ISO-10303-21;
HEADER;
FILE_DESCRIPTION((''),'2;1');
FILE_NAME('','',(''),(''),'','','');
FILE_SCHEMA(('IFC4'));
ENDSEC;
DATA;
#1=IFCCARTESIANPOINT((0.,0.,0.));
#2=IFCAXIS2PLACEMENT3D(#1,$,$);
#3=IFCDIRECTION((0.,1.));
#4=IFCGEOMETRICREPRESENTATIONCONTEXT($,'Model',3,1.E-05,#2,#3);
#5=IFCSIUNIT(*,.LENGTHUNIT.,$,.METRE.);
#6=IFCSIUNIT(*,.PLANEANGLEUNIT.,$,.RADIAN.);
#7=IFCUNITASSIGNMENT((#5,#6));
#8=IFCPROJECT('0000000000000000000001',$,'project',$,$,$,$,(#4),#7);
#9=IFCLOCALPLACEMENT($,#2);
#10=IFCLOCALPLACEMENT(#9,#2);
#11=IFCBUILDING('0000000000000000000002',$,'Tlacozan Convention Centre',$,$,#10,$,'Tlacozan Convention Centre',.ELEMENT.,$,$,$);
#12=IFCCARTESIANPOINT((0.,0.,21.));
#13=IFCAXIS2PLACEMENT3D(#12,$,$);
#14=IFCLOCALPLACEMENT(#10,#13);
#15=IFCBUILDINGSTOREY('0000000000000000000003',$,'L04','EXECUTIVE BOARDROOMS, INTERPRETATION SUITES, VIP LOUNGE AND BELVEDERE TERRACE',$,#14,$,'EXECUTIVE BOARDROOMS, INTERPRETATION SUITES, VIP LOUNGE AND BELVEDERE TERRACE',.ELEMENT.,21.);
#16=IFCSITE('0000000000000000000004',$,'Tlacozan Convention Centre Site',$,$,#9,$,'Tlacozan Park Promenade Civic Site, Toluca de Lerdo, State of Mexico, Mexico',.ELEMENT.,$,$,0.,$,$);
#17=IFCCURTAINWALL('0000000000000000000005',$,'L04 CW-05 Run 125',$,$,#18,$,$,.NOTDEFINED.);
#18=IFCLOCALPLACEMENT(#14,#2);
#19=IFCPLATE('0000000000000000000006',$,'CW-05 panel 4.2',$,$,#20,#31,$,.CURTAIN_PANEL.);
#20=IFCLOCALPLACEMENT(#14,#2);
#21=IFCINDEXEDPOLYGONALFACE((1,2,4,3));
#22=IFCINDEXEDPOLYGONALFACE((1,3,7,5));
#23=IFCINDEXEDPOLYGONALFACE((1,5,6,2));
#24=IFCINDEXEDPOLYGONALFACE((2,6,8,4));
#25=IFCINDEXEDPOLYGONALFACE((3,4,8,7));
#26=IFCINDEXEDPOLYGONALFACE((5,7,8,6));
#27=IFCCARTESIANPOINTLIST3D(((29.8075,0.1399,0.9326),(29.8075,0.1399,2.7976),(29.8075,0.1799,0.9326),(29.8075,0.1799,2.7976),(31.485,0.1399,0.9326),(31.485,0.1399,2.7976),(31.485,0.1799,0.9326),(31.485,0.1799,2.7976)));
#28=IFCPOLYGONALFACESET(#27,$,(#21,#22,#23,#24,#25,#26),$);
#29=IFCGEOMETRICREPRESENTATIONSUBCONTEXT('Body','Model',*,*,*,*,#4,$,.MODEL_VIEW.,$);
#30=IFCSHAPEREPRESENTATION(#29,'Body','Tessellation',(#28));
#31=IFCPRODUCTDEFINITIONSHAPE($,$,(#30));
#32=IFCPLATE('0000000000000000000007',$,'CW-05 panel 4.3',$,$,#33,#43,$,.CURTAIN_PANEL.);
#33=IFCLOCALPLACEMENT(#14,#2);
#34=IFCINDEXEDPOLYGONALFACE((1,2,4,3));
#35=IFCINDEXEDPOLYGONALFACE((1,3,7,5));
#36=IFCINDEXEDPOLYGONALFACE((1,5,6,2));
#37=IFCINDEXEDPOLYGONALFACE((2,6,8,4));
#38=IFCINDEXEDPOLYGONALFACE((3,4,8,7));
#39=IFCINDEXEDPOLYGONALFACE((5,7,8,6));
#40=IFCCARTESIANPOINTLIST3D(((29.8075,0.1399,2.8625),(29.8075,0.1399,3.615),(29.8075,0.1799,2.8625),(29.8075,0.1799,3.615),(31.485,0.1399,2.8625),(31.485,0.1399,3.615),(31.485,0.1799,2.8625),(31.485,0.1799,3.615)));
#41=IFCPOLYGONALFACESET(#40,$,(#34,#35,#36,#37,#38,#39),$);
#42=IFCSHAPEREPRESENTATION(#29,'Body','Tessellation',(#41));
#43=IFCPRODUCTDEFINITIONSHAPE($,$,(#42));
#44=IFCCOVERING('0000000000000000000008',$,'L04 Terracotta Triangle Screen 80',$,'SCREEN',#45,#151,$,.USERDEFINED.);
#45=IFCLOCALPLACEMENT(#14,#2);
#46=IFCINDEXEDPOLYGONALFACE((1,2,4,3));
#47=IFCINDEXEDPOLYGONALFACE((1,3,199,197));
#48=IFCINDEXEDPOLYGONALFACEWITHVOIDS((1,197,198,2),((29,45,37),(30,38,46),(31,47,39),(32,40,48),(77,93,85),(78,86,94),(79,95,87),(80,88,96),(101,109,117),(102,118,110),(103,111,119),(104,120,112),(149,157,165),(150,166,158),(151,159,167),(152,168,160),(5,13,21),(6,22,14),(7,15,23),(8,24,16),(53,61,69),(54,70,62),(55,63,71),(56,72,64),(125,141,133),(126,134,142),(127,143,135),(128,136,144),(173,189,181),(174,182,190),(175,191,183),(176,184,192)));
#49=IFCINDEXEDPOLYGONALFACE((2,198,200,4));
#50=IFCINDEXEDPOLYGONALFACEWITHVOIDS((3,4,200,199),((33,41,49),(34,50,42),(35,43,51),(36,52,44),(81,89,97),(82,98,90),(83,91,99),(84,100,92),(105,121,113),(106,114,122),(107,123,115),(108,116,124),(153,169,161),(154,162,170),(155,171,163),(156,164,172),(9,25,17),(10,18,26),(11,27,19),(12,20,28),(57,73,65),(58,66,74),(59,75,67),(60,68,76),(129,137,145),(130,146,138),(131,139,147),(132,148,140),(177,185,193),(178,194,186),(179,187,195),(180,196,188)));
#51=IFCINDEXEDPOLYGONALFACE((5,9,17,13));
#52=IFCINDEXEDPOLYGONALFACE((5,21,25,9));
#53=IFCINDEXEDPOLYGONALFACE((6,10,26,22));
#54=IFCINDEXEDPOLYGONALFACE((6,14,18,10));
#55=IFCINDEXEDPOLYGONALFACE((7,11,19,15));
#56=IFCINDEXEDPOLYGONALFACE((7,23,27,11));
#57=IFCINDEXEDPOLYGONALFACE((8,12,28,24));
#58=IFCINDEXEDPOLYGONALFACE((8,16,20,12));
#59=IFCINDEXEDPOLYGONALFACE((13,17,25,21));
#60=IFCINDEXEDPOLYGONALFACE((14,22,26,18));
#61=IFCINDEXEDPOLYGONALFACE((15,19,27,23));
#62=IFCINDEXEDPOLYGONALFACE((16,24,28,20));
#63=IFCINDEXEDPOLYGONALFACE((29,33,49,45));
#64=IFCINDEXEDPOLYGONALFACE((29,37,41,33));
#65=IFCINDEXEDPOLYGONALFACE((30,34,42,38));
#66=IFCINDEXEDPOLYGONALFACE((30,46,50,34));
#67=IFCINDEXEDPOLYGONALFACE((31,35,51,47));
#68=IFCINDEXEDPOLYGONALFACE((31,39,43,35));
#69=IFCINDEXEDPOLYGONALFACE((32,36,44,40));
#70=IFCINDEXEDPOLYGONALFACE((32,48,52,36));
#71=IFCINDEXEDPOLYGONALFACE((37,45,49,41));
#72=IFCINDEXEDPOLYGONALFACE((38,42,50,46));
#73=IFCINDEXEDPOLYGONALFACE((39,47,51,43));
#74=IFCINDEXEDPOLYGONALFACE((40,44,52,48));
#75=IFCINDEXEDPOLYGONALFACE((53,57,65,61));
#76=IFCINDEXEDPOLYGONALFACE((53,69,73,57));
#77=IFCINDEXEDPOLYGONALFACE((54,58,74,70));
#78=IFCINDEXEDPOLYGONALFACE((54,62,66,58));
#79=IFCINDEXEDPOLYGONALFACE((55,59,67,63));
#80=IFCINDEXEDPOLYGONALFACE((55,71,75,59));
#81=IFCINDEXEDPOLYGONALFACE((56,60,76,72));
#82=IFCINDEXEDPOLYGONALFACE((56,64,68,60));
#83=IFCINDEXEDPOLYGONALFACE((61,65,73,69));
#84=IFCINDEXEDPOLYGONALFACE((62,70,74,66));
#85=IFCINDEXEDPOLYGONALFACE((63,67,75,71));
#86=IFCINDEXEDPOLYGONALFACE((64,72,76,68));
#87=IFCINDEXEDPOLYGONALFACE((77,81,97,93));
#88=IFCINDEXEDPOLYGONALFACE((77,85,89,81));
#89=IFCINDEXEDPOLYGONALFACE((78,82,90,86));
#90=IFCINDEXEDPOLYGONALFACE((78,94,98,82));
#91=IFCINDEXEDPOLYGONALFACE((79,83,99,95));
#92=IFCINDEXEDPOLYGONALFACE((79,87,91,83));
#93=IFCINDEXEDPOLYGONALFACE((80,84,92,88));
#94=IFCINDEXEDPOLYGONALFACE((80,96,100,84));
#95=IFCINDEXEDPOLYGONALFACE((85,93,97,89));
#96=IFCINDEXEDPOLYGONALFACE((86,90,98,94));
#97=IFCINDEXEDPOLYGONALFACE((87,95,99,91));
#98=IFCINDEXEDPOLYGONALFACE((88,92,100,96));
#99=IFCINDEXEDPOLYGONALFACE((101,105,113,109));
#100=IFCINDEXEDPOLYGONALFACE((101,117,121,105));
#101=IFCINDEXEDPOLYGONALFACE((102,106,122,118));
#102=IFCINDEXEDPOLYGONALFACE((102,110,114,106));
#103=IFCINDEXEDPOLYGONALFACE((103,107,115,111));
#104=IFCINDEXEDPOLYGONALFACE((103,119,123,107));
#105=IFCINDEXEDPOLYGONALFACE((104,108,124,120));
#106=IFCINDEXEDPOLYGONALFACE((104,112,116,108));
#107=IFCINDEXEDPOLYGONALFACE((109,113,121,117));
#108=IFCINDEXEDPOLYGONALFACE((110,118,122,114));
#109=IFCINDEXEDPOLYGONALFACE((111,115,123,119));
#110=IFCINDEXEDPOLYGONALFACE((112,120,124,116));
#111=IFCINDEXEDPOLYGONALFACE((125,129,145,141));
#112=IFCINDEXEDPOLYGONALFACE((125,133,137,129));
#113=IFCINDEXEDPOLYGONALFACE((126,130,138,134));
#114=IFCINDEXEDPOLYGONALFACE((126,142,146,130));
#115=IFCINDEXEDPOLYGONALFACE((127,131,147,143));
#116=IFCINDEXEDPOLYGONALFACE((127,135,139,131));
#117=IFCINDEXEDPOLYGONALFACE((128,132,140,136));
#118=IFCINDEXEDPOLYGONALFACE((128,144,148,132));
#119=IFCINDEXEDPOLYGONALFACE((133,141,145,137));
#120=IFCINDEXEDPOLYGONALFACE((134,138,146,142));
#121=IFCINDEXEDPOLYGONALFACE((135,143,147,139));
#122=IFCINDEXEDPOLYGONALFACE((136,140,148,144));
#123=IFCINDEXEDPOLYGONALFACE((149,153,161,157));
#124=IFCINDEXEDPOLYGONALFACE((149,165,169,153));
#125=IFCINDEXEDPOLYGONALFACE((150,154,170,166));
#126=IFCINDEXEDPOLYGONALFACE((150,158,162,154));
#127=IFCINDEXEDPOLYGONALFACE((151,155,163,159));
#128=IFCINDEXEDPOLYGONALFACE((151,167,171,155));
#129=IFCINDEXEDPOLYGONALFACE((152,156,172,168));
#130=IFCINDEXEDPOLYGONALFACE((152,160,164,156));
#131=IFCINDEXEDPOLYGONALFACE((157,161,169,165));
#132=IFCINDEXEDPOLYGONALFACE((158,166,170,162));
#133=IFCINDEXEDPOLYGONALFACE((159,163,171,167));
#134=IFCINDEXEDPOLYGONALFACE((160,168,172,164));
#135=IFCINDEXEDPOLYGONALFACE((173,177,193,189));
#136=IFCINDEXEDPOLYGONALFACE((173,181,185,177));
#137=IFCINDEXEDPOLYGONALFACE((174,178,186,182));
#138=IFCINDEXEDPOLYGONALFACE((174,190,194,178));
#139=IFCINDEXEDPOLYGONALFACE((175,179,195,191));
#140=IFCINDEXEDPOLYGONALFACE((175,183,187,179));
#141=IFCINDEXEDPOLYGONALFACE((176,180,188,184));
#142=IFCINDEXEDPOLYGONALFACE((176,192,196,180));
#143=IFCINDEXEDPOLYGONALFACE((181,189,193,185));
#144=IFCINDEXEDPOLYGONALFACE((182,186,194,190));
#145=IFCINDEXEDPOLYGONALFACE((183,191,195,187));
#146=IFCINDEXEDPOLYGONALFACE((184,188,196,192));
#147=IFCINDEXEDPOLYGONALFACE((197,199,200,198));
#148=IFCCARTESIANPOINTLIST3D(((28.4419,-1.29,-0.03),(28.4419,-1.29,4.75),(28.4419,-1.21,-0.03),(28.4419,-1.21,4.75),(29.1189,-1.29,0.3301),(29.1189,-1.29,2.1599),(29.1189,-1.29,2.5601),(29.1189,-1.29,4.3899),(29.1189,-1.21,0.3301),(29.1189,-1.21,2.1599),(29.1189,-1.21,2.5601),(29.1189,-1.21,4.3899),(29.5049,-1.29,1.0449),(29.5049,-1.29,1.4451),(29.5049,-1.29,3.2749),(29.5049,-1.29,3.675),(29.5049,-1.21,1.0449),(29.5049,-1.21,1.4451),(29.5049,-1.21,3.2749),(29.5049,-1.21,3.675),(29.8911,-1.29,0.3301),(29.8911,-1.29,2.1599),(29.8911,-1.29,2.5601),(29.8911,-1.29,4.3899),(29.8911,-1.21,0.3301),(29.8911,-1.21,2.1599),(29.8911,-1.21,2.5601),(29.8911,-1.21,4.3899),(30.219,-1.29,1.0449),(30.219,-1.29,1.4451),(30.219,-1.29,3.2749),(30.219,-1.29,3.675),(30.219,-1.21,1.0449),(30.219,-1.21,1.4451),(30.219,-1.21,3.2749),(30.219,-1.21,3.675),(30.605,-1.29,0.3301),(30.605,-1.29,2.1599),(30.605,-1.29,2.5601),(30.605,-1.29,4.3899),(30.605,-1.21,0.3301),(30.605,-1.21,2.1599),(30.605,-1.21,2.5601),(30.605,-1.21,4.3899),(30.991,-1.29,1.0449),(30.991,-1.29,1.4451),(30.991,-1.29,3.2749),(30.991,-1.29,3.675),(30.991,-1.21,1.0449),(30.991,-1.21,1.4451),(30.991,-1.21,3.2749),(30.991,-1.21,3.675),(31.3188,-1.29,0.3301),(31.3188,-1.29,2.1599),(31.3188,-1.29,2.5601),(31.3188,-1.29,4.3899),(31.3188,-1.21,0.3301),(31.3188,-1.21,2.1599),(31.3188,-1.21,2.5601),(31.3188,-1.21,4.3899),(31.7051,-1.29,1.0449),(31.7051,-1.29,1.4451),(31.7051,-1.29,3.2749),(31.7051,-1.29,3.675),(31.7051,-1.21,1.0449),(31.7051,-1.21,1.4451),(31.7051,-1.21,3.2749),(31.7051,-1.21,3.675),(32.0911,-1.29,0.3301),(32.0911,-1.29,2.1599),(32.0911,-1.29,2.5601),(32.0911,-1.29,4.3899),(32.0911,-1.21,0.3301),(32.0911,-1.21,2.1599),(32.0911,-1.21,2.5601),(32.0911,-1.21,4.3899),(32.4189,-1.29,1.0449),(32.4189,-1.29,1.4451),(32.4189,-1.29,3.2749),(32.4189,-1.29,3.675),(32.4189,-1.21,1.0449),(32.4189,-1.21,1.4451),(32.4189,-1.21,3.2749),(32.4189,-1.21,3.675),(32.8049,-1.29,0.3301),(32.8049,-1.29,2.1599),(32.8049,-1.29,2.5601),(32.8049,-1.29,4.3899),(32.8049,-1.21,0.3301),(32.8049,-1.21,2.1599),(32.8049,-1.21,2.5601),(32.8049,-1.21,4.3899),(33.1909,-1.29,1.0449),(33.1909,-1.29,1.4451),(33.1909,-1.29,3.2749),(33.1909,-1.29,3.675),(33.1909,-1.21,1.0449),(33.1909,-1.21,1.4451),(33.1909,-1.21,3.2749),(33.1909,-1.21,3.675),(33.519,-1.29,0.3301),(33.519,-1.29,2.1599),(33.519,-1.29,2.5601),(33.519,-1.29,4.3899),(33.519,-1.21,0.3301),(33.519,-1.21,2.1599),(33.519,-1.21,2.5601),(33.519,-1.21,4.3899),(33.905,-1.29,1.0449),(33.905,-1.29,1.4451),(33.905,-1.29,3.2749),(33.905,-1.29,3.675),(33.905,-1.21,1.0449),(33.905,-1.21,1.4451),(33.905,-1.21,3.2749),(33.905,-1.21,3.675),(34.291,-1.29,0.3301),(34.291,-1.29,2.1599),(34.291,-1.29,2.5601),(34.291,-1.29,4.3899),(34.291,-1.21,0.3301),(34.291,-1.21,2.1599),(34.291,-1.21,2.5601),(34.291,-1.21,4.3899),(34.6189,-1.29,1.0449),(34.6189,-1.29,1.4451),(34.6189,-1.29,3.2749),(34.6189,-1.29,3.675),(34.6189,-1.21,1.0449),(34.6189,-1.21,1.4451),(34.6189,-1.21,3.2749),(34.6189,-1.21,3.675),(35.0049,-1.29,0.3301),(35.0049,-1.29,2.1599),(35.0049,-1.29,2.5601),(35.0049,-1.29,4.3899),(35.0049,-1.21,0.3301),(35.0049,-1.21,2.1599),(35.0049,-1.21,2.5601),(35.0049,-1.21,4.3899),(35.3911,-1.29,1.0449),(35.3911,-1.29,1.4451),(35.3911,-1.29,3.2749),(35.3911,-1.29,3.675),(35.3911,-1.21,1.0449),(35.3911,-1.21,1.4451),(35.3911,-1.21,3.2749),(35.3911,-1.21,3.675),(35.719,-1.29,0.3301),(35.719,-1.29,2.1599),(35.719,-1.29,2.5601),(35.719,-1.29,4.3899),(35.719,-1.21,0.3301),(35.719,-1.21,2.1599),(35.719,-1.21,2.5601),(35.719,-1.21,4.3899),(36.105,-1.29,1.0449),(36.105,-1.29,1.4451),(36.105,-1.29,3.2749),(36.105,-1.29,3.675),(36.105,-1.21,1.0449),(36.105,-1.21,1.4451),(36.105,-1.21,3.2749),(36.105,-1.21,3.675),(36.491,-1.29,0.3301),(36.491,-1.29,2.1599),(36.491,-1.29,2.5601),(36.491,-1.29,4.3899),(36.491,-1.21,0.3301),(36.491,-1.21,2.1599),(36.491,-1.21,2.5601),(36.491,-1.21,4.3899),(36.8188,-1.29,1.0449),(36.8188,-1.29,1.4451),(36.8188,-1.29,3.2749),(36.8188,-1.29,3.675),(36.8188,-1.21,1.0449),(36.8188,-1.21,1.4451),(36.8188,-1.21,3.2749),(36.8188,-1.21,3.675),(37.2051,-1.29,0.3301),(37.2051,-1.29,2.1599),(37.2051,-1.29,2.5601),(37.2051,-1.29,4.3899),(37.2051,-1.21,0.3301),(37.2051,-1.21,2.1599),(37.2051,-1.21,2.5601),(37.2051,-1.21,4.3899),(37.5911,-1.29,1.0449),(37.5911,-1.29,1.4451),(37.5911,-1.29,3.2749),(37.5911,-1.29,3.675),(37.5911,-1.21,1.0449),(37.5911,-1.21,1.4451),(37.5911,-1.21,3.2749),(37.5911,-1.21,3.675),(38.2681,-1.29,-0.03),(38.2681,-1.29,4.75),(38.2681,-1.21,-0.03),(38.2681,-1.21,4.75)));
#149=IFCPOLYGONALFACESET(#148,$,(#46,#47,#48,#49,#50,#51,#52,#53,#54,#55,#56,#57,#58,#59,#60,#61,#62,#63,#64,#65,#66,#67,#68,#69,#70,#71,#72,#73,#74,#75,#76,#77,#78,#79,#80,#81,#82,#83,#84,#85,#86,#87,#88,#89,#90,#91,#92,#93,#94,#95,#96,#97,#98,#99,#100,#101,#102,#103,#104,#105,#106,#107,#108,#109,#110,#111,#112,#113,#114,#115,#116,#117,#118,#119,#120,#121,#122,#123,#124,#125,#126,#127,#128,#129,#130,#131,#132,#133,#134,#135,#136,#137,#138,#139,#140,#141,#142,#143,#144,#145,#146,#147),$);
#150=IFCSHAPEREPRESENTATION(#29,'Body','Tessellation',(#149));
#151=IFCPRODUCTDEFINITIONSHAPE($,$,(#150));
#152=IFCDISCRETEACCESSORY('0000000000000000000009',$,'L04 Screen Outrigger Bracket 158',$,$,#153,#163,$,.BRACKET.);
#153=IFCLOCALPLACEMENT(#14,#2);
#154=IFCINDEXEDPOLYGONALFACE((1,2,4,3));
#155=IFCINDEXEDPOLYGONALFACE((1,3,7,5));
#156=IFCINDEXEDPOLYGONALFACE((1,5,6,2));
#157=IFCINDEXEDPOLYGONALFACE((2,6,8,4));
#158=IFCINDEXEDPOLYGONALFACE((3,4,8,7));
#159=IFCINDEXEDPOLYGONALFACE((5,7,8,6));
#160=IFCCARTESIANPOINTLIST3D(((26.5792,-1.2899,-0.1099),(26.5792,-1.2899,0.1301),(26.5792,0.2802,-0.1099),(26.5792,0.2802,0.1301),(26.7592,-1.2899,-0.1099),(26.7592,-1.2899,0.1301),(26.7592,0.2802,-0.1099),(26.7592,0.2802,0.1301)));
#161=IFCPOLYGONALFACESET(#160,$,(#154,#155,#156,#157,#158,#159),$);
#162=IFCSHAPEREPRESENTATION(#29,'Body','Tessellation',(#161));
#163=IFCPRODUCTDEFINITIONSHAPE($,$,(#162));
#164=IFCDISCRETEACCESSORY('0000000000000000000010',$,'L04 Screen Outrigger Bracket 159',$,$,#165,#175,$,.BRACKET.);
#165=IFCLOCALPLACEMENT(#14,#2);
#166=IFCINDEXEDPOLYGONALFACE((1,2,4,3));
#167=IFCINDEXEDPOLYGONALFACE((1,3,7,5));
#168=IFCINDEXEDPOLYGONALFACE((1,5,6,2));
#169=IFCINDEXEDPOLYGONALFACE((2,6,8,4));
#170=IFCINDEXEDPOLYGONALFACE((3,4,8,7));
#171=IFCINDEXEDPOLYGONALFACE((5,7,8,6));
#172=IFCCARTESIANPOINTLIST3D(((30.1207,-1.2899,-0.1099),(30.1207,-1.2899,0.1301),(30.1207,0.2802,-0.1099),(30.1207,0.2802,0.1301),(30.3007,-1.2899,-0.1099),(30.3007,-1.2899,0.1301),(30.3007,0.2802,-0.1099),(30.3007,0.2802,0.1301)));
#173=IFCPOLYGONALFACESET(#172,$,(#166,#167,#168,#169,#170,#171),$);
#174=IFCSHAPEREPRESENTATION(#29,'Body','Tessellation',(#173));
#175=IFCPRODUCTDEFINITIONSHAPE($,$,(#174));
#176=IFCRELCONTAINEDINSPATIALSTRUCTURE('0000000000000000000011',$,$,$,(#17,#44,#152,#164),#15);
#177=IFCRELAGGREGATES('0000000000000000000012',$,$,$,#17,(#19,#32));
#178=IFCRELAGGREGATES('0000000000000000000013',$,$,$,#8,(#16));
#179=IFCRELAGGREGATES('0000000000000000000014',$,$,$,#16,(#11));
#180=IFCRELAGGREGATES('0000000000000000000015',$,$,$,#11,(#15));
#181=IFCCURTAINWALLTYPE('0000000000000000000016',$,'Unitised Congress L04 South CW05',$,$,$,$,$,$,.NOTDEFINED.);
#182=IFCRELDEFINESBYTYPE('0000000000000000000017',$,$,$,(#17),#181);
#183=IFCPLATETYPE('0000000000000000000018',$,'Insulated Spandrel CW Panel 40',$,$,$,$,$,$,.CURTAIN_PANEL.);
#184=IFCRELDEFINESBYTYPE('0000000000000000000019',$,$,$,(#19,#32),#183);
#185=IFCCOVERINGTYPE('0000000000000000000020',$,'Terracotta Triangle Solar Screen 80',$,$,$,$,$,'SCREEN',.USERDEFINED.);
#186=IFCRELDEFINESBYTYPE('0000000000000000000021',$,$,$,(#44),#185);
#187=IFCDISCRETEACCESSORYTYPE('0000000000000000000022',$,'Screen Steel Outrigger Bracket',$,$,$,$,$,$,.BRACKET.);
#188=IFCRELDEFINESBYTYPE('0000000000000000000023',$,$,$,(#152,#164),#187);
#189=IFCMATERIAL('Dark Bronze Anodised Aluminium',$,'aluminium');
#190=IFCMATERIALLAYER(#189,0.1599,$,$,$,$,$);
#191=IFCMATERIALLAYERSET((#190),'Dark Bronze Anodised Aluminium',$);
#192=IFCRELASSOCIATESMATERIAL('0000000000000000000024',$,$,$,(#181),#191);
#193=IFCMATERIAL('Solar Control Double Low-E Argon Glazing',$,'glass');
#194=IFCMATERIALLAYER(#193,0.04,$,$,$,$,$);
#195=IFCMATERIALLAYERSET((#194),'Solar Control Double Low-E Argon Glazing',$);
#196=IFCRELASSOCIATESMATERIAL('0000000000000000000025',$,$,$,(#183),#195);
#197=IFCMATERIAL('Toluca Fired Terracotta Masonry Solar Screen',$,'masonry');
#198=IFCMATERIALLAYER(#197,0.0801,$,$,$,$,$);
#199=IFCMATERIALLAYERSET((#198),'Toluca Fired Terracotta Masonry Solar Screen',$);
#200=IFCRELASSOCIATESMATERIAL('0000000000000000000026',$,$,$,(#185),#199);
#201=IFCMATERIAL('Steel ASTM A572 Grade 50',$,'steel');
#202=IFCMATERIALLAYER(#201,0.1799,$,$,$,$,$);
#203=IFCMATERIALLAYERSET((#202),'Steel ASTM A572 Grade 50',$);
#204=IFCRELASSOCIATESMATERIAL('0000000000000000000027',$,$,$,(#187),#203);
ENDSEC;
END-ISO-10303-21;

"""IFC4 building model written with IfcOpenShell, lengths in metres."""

from ifc_helpers import new_model, si_unit, direction, frame, origin, origin_2d, place, context, subcontext, project, spatial, polyline, rectangle, outline, extrude, material, layer, layer_set, type_object, element, aggregate, save


model = new_model("IFC4")

# Units and contexts
model_context = context("Model", 3, precision=1e-05, world=origin(), true_north=direction((0.0, 1.0)))
body_context = subcontext(model_context, "Body", "Model", "MODEL_VIEW")
ifc_project = project(units=[si_unit("LENGTHUNIT", "METRE"), si_unit("PLANEANGLEUNIT", "RADIAN")], contexts=[model_context])

# Site, building, storey
site_placement = place(None, origin())
site = spatial("IfcSite", under=ifc_project, at=site_placement, Name="Tlacozan Convention Centre Site", LongName="Tlacozan Park Promenade Civic Site, Toluca de Lerdo, State of Mexico, Mexico", CompositionType="ELEMENT", RefElevation=0.0)
building_placement = place(site_placement, origin())
building = spatial("IfcBuilding", under=site, at=building_placement, Name="Tlacozan Convention Centre", LongName="Tlacozan Convention Centre", CompositionType="ELEMENT")
storey_placement = place(building_placement, frame((0.0, 0.0, 21.0)))
storey = spatial("IfcBuildingStorey", under=building, at=storey_placement, Name="L04", Description="EXECUTIVE BOARDROOMS, INTERPRETATION SUITES, VIP LOUNGE AND BELVEDERE TERRACE", LongName="EXECUTIVE BOARDROOMS, INTERPRETATION SUITES, VIP LOUNGE AND BELVEDERE TERRACE", CompositionType="ELEMENT", Elevation=21.0)

# Curtain wall
ifc_material_1 = material(Name="Dark Bronze Anodised Aluminium", Category="aluminium")
ifc_layer_1 = layer(ifc_material_1, 0.1599)
ifc_layer_set_1 = layer_set([ifc_layer_1], Name="Dark Bronze Anodised Aluminium")
curtain_wall_type = type_object("IfcCurtainWallType", Name="Unitised Congress L04 South CW05", PredefinedType="NOTDEFINED", material=ifc_layer_set_1)
curtain_wall_placement = place(storey_placement, origin())
curtain_wall = element("IfcCurtainWall", 1, at=curtain_wall_placement, inside=storey, type_object=curtain_wall_type, Name="L04 CW-05 Run 125", PredefinedType="NOTDEFINED")

# Plates
ifc_material_2 = material(Name="Solar Control Double Low-E Argon Glazing", Category="glass")
ifc_layer_2 = layer(ifc_material_2, 0.04)
ifc_layer_set_2 = layer_set([ifc_layer_2], Name="Solar Control Double Low-E Argon Glazing")
plate_type = type_object("IfcPlateType", Name="Insulated Spandrel CW Panel 40", PredefinedType="CURTAIN_PANEL", material=ifc_layer_set_2)
plate_1_placement = place(storey_placement, frame((30.6462, 0.1599, 0.9326), z_axis=(0.0, 0.0, 1.0), x_axis=(1.0, 0.0, 0.0)))
plate_1 = element("IfcPlate", 2, at=plate_1_placement, type_object=plate_type, Name="CW-05 panel 4.2", PredefinedType="CURTAIN_PANEL", context=body_context, shape_type="SweptSolid", body=[
    extrude(rectangle(XDim=1.6775, YDim=0.04, at=origin_2d()), origin(), (0.0, 0.0, 1.0), 1.865),
])
plate_2_placement = place(storey_placement, frame((30.6462, 0.1599, 2.8625), z_axis=(0.0, 0.0, 1.0), x_axis=(1.0, 0.0, 0.0)))
plate_2 = element("IfcPlate", 3, at=plate_2_placement, type_object=plate_type, Name="CW-05 panel 4.3", PredefinedType="CURTAIN_PANEL", context=body_context, shape_type="SweptSolid", body=[
    extrude(rectangle(XDim=1.6775, YDim=0.04, at=origin_2d()), origin(), (0.0, 0.0, 1.0), 0.7524),
])
aggregate(curtain_wall, [plate_1, plate_2])

# Covering
ifc_material_3 = material(Name="Toluca Fired Terracotta Masonry Solar Screen", Category="masonry")
ifc_layer_3 = layer(ifc_material_3, 0.0801)
ifc_layer_set_3 = layer_set([ifc_layer_3], Name="Toluca Fired Terracotta Masonry Solar Screen")
covering_type = type_object("IfcCoveringType", Name="Terracotta Triangle Solar Screen 80", ElementType="SCREEN", PredefinedType="USERDEFINED", material=ifc_layer_set_3)
covering_placement = place(storey_placement, frame((28.4419, -1.25, -0.03), z_axis=(0.0, 0.0, 1.0), x_axis=(1.0, 0.0, 0.0)))
element("IfcCovering", 4, at=covering_placement, inside=storey, type_object=covering_type, Name="L04 Terracotta Triangle Screen 80", ObjectType="SCREEN", PredefinedType="USERDEFINED", context=body_context, shape_type="SweptSolid", body=[
    extrude(outline(polyline([(0.0, 0.0), (9.8262, 0.0), (9.8262, 4.78), (0.0, 4.78), (0.0, 0.0)]), holes=[polyline([(0.677, 0.3601), (1.4492, 0.3601), (1.063, 1.075), (0.677, 0.3601)]), polyline([(1.7771, 1.075), (2.5491, 1.075), (2.1631, 0.3601), (1.7771, 1.075)]), polyline([(2.877, 0.3601), (3.6492, 0.3601), (3.2632, 1.075), (2.877, 0.3601)]), polyline([(3.9771, 1.075), (4.749, 1.075), (4.363, 0.3601), (3.9771, 1.075)]), polyline([(5.0771, 0.3601), (5.8491, 0.3601), (5.4631, 1.075), (5.0771, 0.3601)]), polyline([(6.177, 1.075), (6.9492, 1.075), (6.563, 0.3601), (6.177, 1.075)]), polyline([(7.2771, 0.3601), (8.0491, 0.3601), (7.6631, 1.075), (7.2771, 0.3601)]), polyline([(8.377, 1.075), (9.1492, 1.075), (8.7632, 0.3601), (8.377, 1.075)]), polyline([(0.677, 2.1899), (1.4492, 2.1899), (1.063, 1.4751), (0.677, 2.1899)]), polyline([(1.7771, 1.4751), (2.5491, 1.4751), (2.1631, 2.1899), (1.7771, 1.4751)]), polyline([(2.877, 2.1899), (3.6492, 2.1899), (3.2632, 1.4751), (2.877, 2.1899)]), polyline([(3.9771, 1.4751), (4.749, 1.4751), (4.363, 2.1899), (3.9771, 1.4751)]), polyline([(5.0771, 2.1899), (5.8491, 2.1899), (5.4631, 1.4751), (5.0771, 2.1899)]), polyline([(6.177, 1.4751), (6.9492, 1.4751), (6.563, 2.1899), (6.177, 1.4751)]), polyline([(7.2771, 2.1899), (8.0491, 2.1899), (7.6631, 1.4751), (7.2771, 2.1899)]), polyline([(8.377, 1.4751), (9.1492, 1.4751), (8.7632, 2.1899), (8.377, 1.4751)]), polyline([(0.677, 2.5901), (1.4492, 2.5901), (1.063, 3.3049), (0.677, 2.5901)]), polyline([(1.7771, 3.3049), (2.5491, 3.3049), (2.1631, 2.5901), (1.7771, 3.3049)]), polyline([(2.877, 2.5901), (3.6492, 2.5901), (3.2632, 3.3049), (2.877, 2.5901)]), polyline([(3.9771, 3.3049), (4.749, 3.3049), (4.363, 2.5901), (3.9771, 3.3049)]), polyline([(5.0771, 2.5901), (5.8491, 2.5901), (5.4631, 3.3049), (5.0771, 2.5901)]), polyline([(6.177, 3.3049), (6.9492, 3.3049), (6.563, 2.5901), (6.177, 3.3049)]), polyline([(7.2771, 2.5901), (8.0491, 2.5901), (7.6631, 3.3049), (7.2771, 2.5901)]), polyline([(8.377, 3.3049), (9.1492, 3.3049), (8.7632, 2.5901), (8.377, 3.3049)]), polyline([(0.677, 4.4199), (1.4492, 4.4199), (1.063, 3.7051), (0.677, 4.4199)]), polyline([(1.7771, 3.7051), (2.5491, 3.7051), (2.1631, 4.4199), (1.7771, 3.7051)]), polyline([(2.877, 4.4199), (3.6492, 4.4199), (3.2632, 3.7051), (2.877, 4.4199)]), polyline([(3.9771, 3.7051), (4.749, 3.7051), (4.363, 4.4199), (3.9771, 3.7051)]), polyline([(5.0771, 4.4199), (5.8491, 4.4199), (5.4631, 3.7051), (5.0771, 4.4199)]), polyline([(6.177, 3.7051), (6.9492, 3.7051), (6.563, 4.4199), (6.177, 3.7051)]), polyline([(7.2771, 4.4199), (8.0491, 4.4199), (7.6631, 3.7051), (7.2771, 4.4199)]), polyline([(8.377, 3.7051), (9.1492, 3.7051), (8.7632, 4.4199), (8.377, 3.7051)])]), frame((0.0, 0.04, 0.0), z_axis=(0.0, -1.0, 0.0), x_axis=(1.0, 0.0, 0.0)), (0.0, 0.0, 1.0), 0.0801),
])

# Discrete accessories
ifc_material_4 = material(Name="Steel ASTM A572 Grade 50", Category="steel")
ifc_layer_4 = layer(ifc_material_4, 0.1799)
ifc_layer_set_4 = layer_set([ifc_layer_4], Name="Steel ASTM A572 Grade 50")
discrete_accessory_type = type_object("IfcDiscreteAccessoryType", Name="Screen Steel Outrigger Bracket", PredefinedType="BRACKET", material=ifc_layer_set_4)
for number, where, z_axis, x_axis, name in (
    (5, (26.6692, -0.5049, -0.1099), (0.0, 0.0, 1.0), (0.0, 1.0, 0.0), "L04 Screen Outrigger Bracket 158"),
    (6, (30.2107, -0.5049, -0.1099), (0.0, 0.0, 1.0), (0.0, 1.0, 0.0), "L04 Screen Outrigger Bracket 159"),
):
    element("IfcDiscreteAccessory", number, at=place(storey_placement, frame(where, z_axis=z_axis, x_axis=x_axis)), inside=storey, type_object=discrete_accessory_type, Name=name, PredefinedType="BRACKET", context=body_context, shape_type="SweptSolid", body=[
        extrude(rectangle(XDim=1.5701, YDim=0.1799, at=origin_2d()), origin(), (0.0, 0.0, 1.0), 0.24),
    ])

save(model, "model.ifc")
